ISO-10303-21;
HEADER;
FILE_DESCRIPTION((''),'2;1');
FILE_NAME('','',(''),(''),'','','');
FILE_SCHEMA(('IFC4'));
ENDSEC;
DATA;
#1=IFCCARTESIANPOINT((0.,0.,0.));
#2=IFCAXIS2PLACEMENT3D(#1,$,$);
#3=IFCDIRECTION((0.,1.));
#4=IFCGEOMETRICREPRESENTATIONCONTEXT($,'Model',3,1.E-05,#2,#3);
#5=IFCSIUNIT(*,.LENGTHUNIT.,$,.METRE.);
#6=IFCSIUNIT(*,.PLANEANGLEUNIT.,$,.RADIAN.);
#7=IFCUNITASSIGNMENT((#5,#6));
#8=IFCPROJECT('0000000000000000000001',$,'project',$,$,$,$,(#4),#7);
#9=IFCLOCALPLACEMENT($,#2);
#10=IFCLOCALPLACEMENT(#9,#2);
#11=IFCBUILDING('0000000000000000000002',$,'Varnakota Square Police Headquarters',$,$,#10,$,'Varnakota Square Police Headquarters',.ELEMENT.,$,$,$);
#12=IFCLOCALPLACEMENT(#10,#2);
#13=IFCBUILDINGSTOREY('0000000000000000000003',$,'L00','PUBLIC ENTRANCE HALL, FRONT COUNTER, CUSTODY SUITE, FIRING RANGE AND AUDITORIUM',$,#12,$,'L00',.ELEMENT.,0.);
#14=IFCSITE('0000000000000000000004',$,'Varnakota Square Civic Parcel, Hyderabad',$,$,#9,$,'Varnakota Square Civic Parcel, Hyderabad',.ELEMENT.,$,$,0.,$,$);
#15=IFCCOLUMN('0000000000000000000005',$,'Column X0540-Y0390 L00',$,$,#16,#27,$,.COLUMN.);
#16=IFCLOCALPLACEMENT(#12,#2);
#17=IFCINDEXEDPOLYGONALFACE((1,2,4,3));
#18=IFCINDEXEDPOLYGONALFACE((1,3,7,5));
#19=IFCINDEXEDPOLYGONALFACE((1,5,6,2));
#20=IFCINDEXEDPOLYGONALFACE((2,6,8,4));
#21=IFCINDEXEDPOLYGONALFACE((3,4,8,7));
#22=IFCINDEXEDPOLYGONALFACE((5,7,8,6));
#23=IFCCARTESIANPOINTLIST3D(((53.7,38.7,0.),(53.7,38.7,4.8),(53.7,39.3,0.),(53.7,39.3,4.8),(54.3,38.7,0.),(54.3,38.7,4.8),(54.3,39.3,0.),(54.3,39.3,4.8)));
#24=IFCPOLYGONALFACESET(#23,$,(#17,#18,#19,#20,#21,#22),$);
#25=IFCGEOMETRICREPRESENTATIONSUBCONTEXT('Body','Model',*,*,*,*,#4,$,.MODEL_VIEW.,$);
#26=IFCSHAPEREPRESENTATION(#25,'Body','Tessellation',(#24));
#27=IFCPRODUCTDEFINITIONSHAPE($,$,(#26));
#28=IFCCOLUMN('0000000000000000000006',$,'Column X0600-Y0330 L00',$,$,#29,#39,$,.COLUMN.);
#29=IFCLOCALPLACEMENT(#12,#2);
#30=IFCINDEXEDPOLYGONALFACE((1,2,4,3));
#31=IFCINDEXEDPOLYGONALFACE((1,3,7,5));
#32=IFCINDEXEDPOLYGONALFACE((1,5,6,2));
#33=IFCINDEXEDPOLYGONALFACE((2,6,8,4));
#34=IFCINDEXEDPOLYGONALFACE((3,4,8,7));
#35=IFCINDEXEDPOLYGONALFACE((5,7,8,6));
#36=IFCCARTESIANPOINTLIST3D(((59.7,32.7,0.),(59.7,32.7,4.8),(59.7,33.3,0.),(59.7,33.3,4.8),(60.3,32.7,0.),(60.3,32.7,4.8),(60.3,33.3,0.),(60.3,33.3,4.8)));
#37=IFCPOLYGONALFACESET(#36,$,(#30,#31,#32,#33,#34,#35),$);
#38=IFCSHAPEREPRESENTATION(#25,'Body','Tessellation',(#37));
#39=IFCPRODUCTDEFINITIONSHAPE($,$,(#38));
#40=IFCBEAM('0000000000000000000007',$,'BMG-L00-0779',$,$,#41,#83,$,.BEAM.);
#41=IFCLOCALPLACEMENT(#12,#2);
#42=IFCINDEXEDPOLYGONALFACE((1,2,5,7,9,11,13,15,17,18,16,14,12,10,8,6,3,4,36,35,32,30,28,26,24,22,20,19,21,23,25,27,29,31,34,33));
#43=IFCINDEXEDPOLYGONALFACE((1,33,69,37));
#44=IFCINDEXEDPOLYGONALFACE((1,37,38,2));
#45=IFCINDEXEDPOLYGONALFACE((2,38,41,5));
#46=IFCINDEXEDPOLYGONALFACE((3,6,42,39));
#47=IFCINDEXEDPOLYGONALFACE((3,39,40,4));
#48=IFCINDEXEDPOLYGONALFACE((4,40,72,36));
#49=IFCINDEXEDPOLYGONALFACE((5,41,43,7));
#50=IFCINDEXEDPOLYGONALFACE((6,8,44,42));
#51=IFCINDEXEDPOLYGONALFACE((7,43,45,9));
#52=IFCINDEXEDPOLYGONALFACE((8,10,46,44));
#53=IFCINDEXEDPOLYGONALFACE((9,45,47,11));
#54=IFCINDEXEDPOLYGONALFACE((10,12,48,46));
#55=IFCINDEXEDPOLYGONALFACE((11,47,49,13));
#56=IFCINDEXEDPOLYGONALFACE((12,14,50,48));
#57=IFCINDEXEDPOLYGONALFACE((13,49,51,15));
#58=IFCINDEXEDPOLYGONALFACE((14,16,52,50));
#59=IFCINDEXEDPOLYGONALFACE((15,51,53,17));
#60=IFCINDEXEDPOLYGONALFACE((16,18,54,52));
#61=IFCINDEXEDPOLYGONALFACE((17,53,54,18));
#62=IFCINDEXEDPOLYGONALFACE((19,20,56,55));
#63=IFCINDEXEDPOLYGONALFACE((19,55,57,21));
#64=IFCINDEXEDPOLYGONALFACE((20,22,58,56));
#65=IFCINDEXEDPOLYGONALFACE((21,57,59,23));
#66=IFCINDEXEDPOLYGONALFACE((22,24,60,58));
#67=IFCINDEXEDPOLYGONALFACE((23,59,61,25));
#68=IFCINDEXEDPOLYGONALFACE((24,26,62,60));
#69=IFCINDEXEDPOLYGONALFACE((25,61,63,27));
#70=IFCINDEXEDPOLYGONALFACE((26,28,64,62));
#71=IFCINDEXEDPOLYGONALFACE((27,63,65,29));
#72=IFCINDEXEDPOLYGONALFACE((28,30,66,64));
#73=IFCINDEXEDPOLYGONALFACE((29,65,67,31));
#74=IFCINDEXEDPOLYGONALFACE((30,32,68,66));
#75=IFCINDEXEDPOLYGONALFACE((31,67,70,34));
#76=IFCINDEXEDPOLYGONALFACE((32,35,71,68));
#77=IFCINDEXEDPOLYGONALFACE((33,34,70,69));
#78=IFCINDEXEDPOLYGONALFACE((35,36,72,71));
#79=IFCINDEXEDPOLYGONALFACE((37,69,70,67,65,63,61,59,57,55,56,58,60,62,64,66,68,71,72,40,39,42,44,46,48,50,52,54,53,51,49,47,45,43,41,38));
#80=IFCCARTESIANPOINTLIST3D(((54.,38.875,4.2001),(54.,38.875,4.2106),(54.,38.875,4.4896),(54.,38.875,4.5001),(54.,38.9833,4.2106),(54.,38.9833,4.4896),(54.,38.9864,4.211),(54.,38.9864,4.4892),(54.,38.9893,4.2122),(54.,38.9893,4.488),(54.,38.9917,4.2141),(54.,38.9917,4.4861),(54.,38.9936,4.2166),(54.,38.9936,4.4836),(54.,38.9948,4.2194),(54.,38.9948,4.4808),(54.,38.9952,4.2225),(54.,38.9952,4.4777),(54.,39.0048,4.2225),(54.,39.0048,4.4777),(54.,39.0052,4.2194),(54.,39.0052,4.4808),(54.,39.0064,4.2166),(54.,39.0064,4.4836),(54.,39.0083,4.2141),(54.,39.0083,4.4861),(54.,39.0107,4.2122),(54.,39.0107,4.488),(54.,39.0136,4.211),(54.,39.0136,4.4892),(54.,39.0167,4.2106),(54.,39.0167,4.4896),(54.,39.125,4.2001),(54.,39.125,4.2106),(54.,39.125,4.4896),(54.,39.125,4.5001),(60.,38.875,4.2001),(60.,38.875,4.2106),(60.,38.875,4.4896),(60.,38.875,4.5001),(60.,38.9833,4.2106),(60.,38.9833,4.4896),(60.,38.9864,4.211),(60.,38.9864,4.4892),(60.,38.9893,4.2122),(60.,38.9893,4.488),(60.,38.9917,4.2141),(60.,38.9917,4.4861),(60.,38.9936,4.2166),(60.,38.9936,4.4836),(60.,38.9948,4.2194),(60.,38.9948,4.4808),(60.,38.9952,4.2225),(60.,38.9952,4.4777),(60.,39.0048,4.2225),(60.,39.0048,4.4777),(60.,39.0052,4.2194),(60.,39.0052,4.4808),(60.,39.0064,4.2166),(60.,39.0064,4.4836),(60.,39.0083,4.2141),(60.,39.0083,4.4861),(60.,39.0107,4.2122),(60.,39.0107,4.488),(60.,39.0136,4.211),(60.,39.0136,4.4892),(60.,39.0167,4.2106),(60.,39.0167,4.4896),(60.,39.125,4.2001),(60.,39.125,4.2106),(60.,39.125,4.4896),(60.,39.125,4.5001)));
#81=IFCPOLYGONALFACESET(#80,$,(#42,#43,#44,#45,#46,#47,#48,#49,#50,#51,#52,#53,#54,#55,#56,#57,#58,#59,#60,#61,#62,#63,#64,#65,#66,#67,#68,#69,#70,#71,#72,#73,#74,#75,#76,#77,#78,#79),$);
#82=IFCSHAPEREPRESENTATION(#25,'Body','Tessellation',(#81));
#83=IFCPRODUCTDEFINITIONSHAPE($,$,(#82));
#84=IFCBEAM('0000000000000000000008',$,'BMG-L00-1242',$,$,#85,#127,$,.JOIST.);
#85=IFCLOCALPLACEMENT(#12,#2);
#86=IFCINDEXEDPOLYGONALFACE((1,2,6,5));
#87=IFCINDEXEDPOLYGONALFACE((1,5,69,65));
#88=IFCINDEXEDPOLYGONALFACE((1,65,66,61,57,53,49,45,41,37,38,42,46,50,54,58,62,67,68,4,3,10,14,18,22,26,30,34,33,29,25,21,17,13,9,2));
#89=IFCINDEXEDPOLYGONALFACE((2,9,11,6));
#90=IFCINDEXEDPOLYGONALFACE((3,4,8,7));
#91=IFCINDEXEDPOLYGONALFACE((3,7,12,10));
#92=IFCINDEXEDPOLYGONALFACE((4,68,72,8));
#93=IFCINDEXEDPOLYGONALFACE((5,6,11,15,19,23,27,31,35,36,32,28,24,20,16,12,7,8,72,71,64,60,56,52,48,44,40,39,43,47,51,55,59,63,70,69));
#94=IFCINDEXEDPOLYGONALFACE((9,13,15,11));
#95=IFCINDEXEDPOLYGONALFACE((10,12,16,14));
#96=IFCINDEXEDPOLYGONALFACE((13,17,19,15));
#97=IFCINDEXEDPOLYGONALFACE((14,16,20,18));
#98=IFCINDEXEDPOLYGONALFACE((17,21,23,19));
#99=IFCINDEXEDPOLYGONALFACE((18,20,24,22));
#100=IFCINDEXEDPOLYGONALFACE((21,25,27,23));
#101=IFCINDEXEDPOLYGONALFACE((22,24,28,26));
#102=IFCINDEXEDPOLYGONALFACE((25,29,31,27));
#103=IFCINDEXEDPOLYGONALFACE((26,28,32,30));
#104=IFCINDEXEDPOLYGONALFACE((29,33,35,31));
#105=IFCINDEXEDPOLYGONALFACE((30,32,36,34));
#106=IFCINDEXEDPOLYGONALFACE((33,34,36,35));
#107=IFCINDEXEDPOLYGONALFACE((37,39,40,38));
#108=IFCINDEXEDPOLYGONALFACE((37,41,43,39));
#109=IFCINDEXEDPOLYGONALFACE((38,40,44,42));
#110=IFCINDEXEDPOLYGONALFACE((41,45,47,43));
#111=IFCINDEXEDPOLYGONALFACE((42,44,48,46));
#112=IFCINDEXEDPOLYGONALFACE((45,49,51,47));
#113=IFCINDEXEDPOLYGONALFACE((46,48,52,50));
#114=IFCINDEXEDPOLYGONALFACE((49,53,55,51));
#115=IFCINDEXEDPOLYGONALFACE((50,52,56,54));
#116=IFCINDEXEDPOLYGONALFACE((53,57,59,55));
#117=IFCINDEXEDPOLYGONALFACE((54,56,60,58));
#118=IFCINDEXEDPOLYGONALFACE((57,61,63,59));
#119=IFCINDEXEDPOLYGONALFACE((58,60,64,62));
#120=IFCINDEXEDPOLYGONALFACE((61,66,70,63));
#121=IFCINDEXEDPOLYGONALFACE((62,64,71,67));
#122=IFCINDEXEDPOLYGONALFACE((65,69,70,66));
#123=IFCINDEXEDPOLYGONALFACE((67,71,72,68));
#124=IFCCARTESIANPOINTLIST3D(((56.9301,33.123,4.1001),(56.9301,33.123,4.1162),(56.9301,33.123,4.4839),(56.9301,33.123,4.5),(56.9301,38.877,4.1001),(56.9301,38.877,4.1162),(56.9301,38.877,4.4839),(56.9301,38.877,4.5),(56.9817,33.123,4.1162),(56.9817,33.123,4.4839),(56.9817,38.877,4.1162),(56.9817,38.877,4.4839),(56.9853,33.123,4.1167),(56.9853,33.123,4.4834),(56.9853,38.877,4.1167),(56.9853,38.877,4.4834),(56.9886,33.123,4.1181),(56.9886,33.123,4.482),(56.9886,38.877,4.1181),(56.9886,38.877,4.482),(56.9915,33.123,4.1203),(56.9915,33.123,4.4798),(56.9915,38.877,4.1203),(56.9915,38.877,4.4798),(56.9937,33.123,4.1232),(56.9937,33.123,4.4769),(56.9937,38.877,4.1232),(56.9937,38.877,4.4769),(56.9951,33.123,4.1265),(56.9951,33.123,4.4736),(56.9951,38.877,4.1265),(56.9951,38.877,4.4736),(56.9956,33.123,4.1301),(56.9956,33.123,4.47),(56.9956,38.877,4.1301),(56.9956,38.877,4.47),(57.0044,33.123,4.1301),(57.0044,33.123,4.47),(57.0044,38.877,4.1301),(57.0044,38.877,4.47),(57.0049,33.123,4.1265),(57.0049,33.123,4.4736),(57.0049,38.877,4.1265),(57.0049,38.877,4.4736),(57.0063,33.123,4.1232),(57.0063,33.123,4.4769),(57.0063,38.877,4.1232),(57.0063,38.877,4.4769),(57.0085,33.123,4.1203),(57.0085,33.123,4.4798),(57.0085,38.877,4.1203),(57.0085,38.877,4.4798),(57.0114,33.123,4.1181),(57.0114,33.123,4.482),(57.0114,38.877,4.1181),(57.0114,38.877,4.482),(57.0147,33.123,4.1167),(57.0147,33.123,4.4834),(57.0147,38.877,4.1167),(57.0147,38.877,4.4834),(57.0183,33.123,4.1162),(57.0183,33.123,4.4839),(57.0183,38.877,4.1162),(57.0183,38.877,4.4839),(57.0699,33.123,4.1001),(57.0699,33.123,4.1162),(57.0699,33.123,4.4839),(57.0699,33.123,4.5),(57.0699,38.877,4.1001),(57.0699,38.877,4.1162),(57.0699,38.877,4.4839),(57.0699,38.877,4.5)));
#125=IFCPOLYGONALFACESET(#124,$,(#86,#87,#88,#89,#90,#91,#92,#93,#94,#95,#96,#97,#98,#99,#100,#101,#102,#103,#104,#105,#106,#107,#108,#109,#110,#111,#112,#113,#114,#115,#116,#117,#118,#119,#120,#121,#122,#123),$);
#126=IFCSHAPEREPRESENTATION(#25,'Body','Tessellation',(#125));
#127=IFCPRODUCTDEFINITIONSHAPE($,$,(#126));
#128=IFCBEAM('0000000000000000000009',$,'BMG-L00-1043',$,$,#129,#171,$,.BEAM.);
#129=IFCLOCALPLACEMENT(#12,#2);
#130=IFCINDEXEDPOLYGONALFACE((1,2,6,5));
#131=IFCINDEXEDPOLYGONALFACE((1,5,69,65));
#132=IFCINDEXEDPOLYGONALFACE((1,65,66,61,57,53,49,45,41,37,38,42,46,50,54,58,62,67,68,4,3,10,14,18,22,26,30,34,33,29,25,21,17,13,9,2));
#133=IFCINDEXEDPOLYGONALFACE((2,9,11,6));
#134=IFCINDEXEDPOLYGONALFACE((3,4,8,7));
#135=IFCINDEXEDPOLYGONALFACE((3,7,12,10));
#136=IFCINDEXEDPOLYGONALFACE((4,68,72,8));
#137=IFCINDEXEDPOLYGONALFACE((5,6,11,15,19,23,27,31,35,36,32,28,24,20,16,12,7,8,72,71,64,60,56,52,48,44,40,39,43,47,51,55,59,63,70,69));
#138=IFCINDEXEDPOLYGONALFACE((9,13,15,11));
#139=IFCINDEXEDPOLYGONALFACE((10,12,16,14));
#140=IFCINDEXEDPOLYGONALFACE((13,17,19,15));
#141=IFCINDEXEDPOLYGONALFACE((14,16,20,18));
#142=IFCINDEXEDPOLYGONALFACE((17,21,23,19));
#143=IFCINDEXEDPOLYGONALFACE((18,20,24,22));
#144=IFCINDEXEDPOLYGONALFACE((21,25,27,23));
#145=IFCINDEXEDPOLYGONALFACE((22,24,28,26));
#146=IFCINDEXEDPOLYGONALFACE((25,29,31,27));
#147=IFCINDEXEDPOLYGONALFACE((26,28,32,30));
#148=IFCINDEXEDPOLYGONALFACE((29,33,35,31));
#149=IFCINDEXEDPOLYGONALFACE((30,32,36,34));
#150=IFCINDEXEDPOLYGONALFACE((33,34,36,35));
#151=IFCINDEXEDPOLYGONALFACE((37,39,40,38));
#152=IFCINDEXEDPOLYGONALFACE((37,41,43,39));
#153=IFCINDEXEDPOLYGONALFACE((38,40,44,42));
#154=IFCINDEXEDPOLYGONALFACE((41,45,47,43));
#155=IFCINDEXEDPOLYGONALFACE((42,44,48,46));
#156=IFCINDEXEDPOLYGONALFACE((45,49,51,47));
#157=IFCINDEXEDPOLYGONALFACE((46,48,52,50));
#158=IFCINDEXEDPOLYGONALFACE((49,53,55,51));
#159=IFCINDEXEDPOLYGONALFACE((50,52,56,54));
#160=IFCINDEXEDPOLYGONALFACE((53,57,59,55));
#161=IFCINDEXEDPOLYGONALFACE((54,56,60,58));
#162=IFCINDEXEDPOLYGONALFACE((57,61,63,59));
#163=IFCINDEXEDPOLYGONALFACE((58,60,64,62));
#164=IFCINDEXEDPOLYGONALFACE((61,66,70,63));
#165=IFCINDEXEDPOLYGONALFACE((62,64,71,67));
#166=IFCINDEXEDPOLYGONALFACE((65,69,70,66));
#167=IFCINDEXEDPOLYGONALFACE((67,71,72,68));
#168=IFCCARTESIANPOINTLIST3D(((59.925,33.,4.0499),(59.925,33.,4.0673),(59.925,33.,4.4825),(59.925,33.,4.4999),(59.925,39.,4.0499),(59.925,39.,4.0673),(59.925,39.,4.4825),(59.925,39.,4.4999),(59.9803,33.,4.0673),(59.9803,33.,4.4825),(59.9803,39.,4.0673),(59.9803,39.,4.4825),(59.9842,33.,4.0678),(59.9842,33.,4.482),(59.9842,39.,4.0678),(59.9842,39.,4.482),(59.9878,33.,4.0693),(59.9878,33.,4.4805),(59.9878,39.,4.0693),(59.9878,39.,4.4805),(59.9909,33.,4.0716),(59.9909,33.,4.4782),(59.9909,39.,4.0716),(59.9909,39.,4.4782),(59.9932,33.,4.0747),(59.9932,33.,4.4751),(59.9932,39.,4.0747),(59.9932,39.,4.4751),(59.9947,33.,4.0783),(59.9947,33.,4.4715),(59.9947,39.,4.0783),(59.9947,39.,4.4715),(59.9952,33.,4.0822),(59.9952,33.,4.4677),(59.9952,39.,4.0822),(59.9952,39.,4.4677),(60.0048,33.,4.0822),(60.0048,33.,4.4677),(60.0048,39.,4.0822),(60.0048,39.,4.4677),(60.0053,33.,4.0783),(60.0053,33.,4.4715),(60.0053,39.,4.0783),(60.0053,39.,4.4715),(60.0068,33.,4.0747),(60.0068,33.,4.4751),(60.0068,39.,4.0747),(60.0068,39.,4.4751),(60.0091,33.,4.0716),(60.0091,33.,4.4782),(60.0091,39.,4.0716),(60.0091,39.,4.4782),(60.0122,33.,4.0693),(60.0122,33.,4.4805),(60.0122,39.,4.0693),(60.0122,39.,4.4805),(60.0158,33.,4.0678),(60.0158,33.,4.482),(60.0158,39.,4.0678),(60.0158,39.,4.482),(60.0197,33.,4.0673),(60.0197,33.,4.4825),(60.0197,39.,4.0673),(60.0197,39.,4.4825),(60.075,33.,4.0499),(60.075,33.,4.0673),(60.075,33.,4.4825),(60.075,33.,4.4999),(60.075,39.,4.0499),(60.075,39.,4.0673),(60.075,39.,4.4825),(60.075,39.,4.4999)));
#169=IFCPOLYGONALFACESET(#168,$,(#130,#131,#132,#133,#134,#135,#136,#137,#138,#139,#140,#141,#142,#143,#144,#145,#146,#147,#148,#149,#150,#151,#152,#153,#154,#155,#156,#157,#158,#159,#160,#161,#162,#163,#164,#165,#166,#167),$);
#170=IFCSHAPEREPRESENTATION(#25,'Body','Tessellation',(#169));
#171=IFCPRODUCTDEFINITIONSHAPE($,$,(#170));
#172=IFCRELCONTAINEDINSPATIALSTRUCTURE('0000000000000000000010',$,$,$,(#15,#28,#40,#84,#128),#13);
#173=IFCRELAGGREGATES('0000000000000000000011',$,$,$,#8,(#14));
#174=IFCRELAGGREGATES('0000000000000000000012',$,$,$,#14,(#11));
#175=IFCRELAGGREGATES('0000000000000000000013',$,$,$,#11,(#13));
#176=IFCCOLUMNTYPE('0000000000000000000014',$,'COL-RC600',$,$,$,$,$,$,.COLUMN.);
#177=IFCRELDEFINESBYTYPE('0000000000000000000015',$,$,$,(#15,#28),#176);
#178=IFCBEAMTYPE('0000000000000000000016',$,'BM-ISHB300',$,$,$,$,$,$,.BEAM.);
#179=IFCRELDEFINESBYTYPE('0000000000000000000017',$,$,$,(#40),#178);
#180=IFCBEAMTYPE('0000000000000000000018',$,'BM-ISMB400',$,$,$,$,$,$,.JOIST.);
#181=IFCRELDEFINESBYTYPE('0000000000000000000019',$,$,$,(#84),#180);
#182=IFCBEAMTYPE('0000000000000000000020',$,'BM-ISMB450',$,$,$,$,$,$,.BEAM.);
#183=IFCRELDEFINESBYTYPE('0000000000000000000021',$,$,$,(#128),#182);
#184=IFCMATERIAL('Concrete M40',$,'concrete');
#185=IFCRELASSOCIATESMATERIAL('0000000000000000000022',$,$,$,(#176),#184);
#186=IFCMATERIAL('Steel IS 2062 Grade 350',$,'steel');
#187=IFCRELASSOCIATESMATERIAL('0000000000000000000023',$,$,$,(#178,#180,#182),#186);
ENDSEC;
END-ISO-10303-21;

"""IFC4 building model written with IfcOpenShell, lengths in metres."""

from ifc_helpers import new_model, si_unit, direction, frame, origin, origin_2d, place, context, subcontext, project, spatial, rectangle, i_section, extrude, material, material_profile, profile_set, type_object, element, save


model = new_model("IFC4")

# Units and contexts
model_context = context("Model", 3, precision=1e-05, world=origin(), true_north=direction((0.0, 1.0)))
body_context = subcontext(model_context, "Body", "Model", "MODEL_VIEW")
ifc_project = project(units=[si_unit("LENGTHUNIT", "METRE"), si_unit("PLANEANGLEUNIT", "RADIAN")], contexts=[model_context])

# Site, building, storey
site_placement = place(None, origin())
site = spatial("IfcSite", under=ifc_project, at=site_placement, Name="Varnakota Square Civic Parcel, Hyderabad", LongName="Varnakota Square Civic Parcel, Hyderabad", CompositionType="ELEMENT", RefElevation=0.0)
building_placement = place(site_placement, origin())
building = spatial("IfcBuilding", under=site, at=building_placement, Name="Varnakota Square Police Headquarters", LongName="Varnakota Square Police Headquarters", CompositionType="ELEMENT")
storey_placement = place(building_placement, origin())
storey = spatial("IfcBuildingStorey", under=building, at=storey_placement, Name="L00", Description="PUBLIC ENTRANCE HALL, FRONT COUNTER, CUSTODY SUITE, FIRING RANGE AND AUDITORIUM", LongName="L00", CompositionType="ELEMENT", Elevation=0.0)

# Columns
ifc_material_1 = material(Name="Concrete M40", Category="concrete")
ifc_material_profile_1 = material_profile(ifc_material_1, rectangle(XDim=0.6001, YDim=0.6001, at=origin_2d()), Name="RC 600x600")
ifc_profile_set_1 = profile_set([ifc_material_profile_1], Name="Concrete M40")
column_type = type_object("IfcColumnType", Name="COL-RC600", PredefinedType="COLUMN", material=ifc_profile_set_1)
for number, where, z_axis, x_axis, name in (
    (1, (54.0, 39.0, 0.0), (0.0, 0.0, 1.0), (1.0, 0.0, 0.0), "Column X0540-Y0390 L00"),
    (2, (60.0, 33.0, 0.0), (0.0, 0.0, 1.0), (1.0, 0.0, 0.0), "Column X0600-Y0330 L00"),
):
    element("IfcColumn", number, at=place(storey_placement, frame(where, z_axis=z_axis, x_axis=x_axis)), inside=storey, type_object=column_type, Name=name, PredefinedType="COLUMN", context=body_context, shape_type="SweptSolid", body=[
        extrude(rectangle(XDim=0.6001, YDim=0.6001, at=origin_2d()), origin(), (0.0, 0.0, 1.0), 4.8),
    ])

# Beams
ifc_material_2 = material(Name="Steel IS 2062 Grade 350", Category="steel")
ifc_material_profile_2 = material_profile(ifc_material_2, i_section(OverallWidth=0.25, OverallDepth=0.3, WebThickness=0.0095, FlangeThickness=0.0105, FilletRadius=0.012, at=origin_2d()), Name="ISHB 300")
ifc_profile_set_2 = profile_set([ifc_material_profile_2], Name="Steel IS 2062 Grade 350")
beam_type_1 = type_object("IfcBeamType", Name="BM-ISHB300", PredefinedType="BEAM", material=ifc_profile_set_2)
beam_1_placement = place(storey_placement, frame((54.0, 39.0, 4.3501), z_axis=(1.0, 0.0, 0.0), x_axis=(0.0, 1.0, 0.0)))
element("IfcBeam", 3, at=beam_1_placement, inside=storey, type_object=beam_type_1, Name="BMG-L00-0779", PredefinedType="BEAM", context=body_context, shape_type="SweptSolid", body=[
    extrude(i_section(OverallWidth=0.25, OverallDepth=0.3, WebThickness=0.0095, FlangeThickness=0.0105, FilletRadius=0.012, at=origin_2d()), origin(), (0.0, 0.0, 1.0), 6.0),
])
ifc_material_profile_3 = material_profile(ifc_material_2, i_section(OverallWidth=0.1399, OverallDepth=0.3999, WebThickness=0.0088, FlangeThickness=0.0161, FilletRadius=0.0139, at=origin_2d()), Name="ISMB 400")
ifc_profile_set_3 = profile_set([ifc_material_profile_3], Name="Steel IS 2062 Grade 350")
beam_type_2 = type_object("IfcBeamType", Name="BM-ISMB400", PredefinedType="JOIST", material=ifc_profile_set_3)
beam_2_placement = place(storey_placement, frame((57.0, 33.123, 4.3), z_axis=(0.0, 1.0, 0.0), x_axis=(-1.0, 0.0, 0.0)))
element("IfcBeam", 4, at=beam_2_placement, inside=storey, type_object=beam_type_2, Name="BMG-L00-1242", PredefinedType="JOIST", context=body_context, shape_type="SweptSolid", body=[
    extrude(i_section(OverallWidth=0.1399, OverallDepth=0.3999, WebThickness=0.0088, FlangeThickness=0.0161, FilletRadius=0.0139, at=origin_2d()), origin(), (0.0, 0.0, 1.0), 5.7539),
])
ifc_material_profile_4 = material_profile(ifc_material_2, i_section(OverallWidth=0.1499, OverallDepth=0.45, WebThickness=0.0095, FlangeThickness=0.0173, FilletRadius=0.0149, at=origin_2d()), Name="ISMB 450")
ifc_profile_set_4 = profile_set([ifc_material_profile_4], Name="Steel IS 2062 Grade 350")
beam_type_3 = type_object("IfcBeamType", Name="BM-ISMB450", PredefinedType="BEAM", material=ifc_profile_set_4)
beam_3_placement = place(storey_placement, frame((60.0, 33.0, 4.2749), z_axis=(0.0, 1.0, 0.0), x_axis=(-1.0, 0.0, 0.0)))
element("IfcBeam", 5, at=beam_3_placement, inside=storey, type_object=beam_type_3, Name="BMG-L00-1043", PredefinedType="BEAM", context=body_context, shape_type="SweptSolid", body=[
    extrude(i_section(OverallWidth=0.1499, OverallDepth=0.45, WebThickness=0.0095, FlangeThickness=0.0173, FilletRadius=0.0149, at=origin_2d()), origin(), (0.0, 0.0, 1.0), 6.0),
])

save(model, "model.ifc")
